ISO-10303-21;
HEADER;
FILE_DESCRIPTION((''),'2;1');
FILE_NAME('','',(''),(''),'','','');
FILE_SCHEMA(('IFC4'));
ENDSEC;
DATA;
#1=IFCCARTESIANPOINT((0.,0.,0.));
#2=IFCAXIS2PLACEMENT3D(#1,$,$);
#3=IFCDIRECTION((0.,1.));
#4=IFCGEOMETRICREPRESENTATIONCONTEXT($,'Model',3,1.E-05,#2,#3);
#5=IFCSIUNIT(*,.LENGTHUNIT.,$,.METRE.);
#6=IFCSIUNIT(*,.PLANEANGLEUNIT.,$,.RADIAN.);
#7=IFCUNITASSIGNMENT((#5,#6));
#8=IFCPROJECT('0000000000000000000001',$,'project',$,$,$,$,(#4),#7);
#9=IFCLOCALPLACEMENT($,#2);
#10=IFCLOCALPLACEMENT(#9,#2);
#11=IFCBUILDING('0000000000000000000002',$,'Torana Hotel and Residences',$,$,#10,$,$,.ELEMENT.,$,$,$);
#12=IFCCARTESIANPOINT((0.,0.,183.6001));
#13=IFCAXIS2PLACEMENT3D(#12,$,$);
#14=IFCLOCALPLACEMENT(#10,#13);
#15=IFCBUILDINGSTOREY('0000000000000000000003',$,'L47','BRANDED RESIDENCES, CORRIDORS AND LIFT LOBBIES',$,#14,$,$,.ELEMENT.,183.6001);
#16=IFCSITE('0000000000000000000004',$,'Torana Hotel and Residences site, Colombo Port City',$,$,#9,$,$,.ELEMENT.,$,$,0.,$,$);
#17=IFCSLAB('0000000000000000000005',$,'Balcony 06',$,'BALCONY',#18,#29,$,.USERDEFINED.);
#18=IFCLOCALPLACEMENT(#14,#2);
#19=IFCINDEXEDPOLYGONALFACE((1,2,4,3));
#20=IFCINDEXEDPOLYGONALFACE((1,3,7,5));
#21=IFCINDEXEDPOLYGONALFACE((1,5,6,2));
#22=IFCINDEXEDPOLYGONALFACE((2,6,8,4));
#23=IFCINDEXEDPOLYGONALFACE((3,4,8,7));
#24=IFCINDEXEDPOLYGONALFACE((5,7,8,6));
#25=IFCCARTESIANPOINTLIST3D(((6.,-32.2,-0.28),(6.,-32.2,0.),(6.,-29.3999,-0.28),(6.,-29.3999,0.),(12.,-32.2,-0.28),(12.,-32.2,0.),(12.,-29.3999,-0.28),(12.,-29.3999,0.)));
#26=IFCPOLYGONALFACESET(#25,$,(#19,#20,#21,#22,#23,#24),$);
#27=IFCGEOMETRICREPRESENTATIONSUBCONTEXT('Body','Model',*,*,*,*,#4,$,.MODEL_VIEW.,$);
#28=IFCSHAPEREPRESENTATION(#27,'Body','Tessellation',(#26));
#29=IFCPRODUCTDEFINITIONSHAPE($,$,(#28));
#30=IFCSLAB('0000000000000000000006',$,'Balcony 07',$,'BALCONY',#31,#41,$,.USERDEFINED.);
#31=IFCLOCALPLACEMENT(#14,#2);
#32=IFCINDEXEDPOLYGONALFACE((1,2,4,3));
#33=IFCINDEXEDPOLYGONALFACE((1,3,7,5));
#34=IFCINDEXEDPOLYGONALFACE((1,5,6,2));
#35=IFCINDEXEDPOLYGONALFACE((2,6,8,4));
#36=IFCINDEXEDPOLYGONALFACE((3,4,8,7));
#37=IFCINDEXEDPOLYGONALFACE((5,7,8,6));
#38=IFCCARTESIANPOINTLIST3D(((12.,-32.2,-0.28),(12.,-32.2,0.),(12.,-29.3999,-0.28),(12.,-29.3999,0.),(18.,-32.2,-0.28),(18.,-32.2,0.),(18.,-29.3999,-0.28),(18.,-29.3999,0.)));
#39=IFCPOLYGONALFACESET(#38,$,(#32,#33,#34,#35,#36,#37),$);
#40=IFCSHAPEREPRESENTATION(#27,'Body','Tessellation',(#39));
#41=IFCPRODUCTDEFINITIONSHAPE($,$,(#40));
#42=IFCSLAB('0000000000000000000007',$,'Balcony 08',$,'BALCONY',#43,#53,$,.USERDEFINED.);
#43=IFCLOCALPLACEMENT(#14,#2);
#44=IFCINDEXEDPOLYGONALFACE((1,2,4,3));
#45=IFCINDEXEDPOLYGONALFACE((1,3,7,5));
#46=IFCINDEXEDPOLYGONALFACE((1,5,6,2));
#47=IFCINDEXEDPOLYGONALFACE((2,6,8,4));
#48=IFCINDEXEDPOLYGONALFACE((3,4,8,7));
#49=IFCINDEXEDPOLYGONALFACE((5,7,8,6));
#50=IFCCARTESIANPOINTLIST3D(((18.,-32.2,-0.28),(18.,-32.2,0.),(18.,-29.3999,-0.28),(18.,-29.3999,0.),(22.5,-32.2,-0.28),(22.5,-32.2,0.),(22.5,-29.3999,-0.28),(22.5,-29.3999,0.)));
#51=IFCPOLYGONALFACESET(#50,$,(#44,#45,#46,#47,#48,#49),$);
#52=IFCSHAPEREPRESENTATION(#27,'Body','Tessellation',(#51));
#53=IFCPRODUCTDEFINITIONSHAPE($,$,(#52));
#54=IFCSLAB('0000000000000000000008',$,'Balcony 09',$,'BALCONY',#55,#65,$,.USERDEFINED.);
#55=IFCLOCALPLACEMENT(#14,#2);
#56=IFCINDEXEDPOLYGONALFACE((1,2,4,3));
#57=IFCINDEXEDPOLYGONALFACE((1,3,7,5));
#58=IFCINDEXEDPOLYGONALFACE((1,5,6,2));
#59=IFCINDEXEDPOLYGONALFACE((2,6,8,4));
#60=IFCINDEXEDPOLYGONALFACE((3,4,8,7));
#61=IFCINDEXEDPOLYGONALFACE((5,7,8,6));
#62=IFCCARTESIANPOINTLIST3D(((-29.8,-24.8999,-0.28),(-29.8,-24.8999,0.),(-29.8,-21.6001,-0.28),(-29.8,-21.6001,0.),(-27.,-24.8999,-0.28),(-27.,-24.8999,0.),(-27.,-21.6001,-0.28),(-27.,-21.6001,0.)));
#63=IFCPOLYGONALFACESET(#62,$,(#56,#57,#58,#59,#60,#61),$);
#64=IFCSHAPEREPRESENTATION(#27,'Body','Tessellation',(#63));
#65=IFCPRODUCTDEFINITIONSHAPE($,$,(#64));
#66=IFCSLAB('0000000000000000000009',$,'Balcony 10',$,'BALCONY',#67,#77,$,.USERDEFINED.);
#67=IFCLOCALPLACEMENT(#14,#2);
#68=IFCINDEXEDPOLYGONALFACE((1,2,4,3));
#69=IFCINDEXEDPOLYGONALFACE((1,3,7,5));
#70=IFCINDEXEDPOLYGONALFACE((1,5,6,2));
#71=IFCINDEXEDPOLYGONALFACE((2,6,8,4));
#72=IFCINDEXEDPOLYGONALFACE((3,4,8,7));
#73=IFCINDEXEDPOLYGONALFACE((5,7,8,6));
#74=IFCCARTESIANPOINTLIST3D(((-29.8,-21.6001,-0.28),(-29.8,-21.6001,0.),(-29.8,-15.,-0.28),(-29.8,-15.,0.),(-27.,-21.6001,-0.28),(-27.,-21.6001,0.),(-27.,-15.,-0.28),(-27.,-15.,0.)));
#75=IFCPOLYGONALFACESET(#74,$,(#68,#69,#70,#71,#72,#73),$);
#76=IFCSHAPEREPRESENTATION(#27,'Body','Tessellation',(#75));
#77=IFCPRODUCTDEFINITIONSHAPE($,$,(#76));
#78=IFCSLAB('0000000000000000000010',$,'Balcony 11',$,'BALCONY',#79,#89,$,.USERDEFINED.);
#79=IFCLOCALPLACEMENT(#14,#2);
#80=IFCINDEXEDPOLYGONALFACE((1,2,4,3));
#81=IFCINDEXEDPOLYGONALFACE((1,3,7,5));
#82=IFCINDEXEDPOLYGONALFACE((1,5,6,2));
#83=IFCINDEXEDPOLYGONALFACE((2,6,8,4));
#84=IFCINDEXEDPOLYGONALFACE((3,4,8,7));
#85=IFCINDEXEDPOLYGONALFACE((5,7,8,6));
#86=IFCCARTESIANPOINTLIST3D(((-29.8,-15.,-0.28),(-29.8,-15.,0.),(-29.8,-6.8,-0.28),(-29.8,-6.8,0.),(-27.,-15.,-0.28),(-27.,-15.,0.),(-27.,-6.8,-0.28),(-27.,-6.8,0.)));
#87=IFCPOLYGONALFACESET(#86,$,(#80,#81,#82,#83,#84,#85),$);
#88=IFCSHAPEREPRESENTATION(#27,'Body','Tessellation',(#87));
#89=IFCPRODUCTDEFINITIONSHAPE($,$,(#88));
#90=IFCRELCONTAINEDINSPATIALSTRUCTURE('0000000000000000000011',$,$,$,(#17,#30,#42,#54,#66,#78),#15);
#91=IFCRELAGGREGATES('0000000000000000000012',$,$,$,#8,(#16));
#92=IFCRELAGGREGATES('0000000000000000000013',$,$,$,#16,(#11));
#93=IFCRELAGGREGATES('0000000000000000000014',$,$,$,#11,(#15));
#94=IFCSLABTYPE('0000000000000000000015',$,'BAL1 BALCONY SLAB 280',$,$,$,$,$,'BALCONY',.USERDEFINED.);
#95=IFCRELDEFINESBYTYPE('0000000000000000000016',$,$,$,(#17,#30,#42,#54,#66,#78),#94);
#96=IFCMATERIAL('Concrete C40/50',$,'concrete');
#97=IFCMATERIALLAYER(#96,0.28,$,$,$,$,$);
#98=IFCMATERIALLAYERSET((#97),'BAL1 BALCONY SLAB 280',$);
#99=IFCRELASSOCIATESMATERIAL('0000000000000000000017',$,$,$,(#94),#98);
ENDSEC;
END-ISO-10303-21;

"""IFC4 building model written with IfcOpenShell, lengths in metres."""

from ifc_helpers import new_model, si_unit, direction, frame, origin, place, context, subcontext, project, spatial, polyline, outline, extrude, material, layer, layer_set, type_object, element, save


model = new_model("IFC4")

# Units and contexts
model_context = context("Model", 3, precision=1e-05, world=origin(), true_north=direction((0.0, 1.0)))
body_context = subcontext(model_context, "Body", "Model", "MODEL_VIEW")
ifc_project = project(units=[si_unit("LENGTHUNIT", "METRE"), si_unit("PLANEANGLEUNIT", "RADIAN")], contexts=[model_context])

# Site, building, storey
site_placement = place(None, origin())
site = spatial("IfcSite", under=ifc_project, at=site_placement, Name="Torana Hotel and Residences site, Colombo Port City", CompositionType="ELEMENT", RefElevation=0.0)
building_placement = place(site_placement, origin())
building = spatial("IfcBuilding", under=site, at=building_placement, Name="Torana Hotel and Residences", CompositionType="ELEMENT")
storey_placement = place(building_placement, frame((0.0, 0.0, 183.6001)))
storey = spatial("IfcBuildingStorey", under=building, at=storey_placement, Name="L47", Description="BRANDED RESIDENCES, CORRIDORS AND LIFT LOBBIES", CompositionType="ELEMENT", Elevation=183.6001)

# Slabs
ifc_material_1 = material(Name="Concrete C40/50", Category="concrete")
ifc_layer_1 = layer(ifc_material_1, 0.28)
ifc_layer_set_1 = layer_set([ifc_layer_1], Name="BAL1 BALCONY SLAB 280")
slab_type = type_object("IfcSlabType", Name="BAL1 BALCONY SLAB 280", ElementType="BALCONY", PredefinedType="USERDEFINED", material=ifc_layer_set_1)
slab_1_placement = place(storey_placement, frame((0.0, 0.0, -0.28)))
element("IfcSlab", 1, at=slab_1_placement, inside=storey, type_object=slab_type, Name="Balcony 06", ObjectType="BALCONY", PredefinedType="USERDEFINED", context=body_context, shape_type="SweptSolid", body=[
    extrude(outline(polyline([(6.0, -32.2), (12.0, -32.2), (12.0, -29.3999), (6.0, -29.3999), (6.0, -32.2)])), origin(), (0.0, 0.0, 1.0), 0.28),
])
slab_2_placement = place(storey_placement, frame((0.0, 0.0, -0.28)))
element("IfcSlab", 2, at=slab_2_placement, inside=storey, type_object=slab_type, Name="Balcony 07", ObjectType="BALCONY", PredefinedType="USERDEFINED", context=body_context, shape_type="SweptSolid", body=[
    extrude(outline(polyline([(12.0, -32.2), (18.0, -32.2), (18.0, -29.3999), (12.0, -29.3999), (12.0, -32.2)])), origin(), (0.0, 0.0, 1.0), 0.28),
])
slab_3_placement = place(storey_placement, frame((0.0, 0.0, -0.28)))
element("IfcSlab", 3, at=slab_3_placement, inside=storey, type_object=slab_type, Name="Balcony 08", ObjectType="BALCONY", PredefinedType="USERDEFINED", context=body_context, shape_type="SweptSolid", body=[
    extrude(outline(polyline([(18.0, -32.2), (22.5, -32.2), (22.5, -29.3999), (18.0, -29.3999), (18.0, -32.2)])), origin(), (0.0, 0.0, 1.0), 0.28),
])
slab_4_placement = place(storey_placement, frame((0.0, 0.0, -0.28)))
element("IfcSlab", 4, at=slab_4_placement, inside=storey, type_object=slab_type, Name="Balcony 09", ObjectType="BALCONY", PredefinedType="USERDEFINED", context=body_context, shape_type="SweptSolid", body=[
    extrude(outline(polyline([(-29.8, -24.8999), (-27.0, -24.8999), (-27.0, -21.6001), (-29.8, -21.6001), (-29.8, -24.8999)])), origin(), (0.0, 0.0, 1.0), 0.28),
])
slab_5_placement = place(storey_placement, frame((0.0, 0.0, -0.28)))
element("IfcSlab", 5, at=slab_5_placement, inside=storey, type_object=slab_type, Name="Balcony 10", ObjectType="BALCONY", PredefinedType="USERDEFINED", context=body_context, shape_type="SweptSolid", body=[
    extrude(outline(polyline([(-29.8, -21.6001), (-27.0, -21.6001), (-27.0, -15.0), (-29.8, -15.0), (-29.8, -21.6001)])), origin(), (0.0, 0.0, 1.0), 0.28),
])
slab_6_placement = place(storey_placement, frame((0.0, 0.0, -0.28)))
element("IfcSlab", 6, at=slab_6_placement, inside=storey, type_object=slab_type, Name="Balcony 11", ObjectType="BALCONY", PredefinedType="USERDEFINED", context=body_context, shape_type="SweptSolid", body=[
    extrude(outline(polyline([(-29.8, -15.0), (-27.0, -15.0), (-27.0, -6.8), (-29.8, -6.8), (-29.8, -15.0)])), origin(), (0.0, 0.0, 1.0), 0.28),
])

save(model, "model.ifc")
